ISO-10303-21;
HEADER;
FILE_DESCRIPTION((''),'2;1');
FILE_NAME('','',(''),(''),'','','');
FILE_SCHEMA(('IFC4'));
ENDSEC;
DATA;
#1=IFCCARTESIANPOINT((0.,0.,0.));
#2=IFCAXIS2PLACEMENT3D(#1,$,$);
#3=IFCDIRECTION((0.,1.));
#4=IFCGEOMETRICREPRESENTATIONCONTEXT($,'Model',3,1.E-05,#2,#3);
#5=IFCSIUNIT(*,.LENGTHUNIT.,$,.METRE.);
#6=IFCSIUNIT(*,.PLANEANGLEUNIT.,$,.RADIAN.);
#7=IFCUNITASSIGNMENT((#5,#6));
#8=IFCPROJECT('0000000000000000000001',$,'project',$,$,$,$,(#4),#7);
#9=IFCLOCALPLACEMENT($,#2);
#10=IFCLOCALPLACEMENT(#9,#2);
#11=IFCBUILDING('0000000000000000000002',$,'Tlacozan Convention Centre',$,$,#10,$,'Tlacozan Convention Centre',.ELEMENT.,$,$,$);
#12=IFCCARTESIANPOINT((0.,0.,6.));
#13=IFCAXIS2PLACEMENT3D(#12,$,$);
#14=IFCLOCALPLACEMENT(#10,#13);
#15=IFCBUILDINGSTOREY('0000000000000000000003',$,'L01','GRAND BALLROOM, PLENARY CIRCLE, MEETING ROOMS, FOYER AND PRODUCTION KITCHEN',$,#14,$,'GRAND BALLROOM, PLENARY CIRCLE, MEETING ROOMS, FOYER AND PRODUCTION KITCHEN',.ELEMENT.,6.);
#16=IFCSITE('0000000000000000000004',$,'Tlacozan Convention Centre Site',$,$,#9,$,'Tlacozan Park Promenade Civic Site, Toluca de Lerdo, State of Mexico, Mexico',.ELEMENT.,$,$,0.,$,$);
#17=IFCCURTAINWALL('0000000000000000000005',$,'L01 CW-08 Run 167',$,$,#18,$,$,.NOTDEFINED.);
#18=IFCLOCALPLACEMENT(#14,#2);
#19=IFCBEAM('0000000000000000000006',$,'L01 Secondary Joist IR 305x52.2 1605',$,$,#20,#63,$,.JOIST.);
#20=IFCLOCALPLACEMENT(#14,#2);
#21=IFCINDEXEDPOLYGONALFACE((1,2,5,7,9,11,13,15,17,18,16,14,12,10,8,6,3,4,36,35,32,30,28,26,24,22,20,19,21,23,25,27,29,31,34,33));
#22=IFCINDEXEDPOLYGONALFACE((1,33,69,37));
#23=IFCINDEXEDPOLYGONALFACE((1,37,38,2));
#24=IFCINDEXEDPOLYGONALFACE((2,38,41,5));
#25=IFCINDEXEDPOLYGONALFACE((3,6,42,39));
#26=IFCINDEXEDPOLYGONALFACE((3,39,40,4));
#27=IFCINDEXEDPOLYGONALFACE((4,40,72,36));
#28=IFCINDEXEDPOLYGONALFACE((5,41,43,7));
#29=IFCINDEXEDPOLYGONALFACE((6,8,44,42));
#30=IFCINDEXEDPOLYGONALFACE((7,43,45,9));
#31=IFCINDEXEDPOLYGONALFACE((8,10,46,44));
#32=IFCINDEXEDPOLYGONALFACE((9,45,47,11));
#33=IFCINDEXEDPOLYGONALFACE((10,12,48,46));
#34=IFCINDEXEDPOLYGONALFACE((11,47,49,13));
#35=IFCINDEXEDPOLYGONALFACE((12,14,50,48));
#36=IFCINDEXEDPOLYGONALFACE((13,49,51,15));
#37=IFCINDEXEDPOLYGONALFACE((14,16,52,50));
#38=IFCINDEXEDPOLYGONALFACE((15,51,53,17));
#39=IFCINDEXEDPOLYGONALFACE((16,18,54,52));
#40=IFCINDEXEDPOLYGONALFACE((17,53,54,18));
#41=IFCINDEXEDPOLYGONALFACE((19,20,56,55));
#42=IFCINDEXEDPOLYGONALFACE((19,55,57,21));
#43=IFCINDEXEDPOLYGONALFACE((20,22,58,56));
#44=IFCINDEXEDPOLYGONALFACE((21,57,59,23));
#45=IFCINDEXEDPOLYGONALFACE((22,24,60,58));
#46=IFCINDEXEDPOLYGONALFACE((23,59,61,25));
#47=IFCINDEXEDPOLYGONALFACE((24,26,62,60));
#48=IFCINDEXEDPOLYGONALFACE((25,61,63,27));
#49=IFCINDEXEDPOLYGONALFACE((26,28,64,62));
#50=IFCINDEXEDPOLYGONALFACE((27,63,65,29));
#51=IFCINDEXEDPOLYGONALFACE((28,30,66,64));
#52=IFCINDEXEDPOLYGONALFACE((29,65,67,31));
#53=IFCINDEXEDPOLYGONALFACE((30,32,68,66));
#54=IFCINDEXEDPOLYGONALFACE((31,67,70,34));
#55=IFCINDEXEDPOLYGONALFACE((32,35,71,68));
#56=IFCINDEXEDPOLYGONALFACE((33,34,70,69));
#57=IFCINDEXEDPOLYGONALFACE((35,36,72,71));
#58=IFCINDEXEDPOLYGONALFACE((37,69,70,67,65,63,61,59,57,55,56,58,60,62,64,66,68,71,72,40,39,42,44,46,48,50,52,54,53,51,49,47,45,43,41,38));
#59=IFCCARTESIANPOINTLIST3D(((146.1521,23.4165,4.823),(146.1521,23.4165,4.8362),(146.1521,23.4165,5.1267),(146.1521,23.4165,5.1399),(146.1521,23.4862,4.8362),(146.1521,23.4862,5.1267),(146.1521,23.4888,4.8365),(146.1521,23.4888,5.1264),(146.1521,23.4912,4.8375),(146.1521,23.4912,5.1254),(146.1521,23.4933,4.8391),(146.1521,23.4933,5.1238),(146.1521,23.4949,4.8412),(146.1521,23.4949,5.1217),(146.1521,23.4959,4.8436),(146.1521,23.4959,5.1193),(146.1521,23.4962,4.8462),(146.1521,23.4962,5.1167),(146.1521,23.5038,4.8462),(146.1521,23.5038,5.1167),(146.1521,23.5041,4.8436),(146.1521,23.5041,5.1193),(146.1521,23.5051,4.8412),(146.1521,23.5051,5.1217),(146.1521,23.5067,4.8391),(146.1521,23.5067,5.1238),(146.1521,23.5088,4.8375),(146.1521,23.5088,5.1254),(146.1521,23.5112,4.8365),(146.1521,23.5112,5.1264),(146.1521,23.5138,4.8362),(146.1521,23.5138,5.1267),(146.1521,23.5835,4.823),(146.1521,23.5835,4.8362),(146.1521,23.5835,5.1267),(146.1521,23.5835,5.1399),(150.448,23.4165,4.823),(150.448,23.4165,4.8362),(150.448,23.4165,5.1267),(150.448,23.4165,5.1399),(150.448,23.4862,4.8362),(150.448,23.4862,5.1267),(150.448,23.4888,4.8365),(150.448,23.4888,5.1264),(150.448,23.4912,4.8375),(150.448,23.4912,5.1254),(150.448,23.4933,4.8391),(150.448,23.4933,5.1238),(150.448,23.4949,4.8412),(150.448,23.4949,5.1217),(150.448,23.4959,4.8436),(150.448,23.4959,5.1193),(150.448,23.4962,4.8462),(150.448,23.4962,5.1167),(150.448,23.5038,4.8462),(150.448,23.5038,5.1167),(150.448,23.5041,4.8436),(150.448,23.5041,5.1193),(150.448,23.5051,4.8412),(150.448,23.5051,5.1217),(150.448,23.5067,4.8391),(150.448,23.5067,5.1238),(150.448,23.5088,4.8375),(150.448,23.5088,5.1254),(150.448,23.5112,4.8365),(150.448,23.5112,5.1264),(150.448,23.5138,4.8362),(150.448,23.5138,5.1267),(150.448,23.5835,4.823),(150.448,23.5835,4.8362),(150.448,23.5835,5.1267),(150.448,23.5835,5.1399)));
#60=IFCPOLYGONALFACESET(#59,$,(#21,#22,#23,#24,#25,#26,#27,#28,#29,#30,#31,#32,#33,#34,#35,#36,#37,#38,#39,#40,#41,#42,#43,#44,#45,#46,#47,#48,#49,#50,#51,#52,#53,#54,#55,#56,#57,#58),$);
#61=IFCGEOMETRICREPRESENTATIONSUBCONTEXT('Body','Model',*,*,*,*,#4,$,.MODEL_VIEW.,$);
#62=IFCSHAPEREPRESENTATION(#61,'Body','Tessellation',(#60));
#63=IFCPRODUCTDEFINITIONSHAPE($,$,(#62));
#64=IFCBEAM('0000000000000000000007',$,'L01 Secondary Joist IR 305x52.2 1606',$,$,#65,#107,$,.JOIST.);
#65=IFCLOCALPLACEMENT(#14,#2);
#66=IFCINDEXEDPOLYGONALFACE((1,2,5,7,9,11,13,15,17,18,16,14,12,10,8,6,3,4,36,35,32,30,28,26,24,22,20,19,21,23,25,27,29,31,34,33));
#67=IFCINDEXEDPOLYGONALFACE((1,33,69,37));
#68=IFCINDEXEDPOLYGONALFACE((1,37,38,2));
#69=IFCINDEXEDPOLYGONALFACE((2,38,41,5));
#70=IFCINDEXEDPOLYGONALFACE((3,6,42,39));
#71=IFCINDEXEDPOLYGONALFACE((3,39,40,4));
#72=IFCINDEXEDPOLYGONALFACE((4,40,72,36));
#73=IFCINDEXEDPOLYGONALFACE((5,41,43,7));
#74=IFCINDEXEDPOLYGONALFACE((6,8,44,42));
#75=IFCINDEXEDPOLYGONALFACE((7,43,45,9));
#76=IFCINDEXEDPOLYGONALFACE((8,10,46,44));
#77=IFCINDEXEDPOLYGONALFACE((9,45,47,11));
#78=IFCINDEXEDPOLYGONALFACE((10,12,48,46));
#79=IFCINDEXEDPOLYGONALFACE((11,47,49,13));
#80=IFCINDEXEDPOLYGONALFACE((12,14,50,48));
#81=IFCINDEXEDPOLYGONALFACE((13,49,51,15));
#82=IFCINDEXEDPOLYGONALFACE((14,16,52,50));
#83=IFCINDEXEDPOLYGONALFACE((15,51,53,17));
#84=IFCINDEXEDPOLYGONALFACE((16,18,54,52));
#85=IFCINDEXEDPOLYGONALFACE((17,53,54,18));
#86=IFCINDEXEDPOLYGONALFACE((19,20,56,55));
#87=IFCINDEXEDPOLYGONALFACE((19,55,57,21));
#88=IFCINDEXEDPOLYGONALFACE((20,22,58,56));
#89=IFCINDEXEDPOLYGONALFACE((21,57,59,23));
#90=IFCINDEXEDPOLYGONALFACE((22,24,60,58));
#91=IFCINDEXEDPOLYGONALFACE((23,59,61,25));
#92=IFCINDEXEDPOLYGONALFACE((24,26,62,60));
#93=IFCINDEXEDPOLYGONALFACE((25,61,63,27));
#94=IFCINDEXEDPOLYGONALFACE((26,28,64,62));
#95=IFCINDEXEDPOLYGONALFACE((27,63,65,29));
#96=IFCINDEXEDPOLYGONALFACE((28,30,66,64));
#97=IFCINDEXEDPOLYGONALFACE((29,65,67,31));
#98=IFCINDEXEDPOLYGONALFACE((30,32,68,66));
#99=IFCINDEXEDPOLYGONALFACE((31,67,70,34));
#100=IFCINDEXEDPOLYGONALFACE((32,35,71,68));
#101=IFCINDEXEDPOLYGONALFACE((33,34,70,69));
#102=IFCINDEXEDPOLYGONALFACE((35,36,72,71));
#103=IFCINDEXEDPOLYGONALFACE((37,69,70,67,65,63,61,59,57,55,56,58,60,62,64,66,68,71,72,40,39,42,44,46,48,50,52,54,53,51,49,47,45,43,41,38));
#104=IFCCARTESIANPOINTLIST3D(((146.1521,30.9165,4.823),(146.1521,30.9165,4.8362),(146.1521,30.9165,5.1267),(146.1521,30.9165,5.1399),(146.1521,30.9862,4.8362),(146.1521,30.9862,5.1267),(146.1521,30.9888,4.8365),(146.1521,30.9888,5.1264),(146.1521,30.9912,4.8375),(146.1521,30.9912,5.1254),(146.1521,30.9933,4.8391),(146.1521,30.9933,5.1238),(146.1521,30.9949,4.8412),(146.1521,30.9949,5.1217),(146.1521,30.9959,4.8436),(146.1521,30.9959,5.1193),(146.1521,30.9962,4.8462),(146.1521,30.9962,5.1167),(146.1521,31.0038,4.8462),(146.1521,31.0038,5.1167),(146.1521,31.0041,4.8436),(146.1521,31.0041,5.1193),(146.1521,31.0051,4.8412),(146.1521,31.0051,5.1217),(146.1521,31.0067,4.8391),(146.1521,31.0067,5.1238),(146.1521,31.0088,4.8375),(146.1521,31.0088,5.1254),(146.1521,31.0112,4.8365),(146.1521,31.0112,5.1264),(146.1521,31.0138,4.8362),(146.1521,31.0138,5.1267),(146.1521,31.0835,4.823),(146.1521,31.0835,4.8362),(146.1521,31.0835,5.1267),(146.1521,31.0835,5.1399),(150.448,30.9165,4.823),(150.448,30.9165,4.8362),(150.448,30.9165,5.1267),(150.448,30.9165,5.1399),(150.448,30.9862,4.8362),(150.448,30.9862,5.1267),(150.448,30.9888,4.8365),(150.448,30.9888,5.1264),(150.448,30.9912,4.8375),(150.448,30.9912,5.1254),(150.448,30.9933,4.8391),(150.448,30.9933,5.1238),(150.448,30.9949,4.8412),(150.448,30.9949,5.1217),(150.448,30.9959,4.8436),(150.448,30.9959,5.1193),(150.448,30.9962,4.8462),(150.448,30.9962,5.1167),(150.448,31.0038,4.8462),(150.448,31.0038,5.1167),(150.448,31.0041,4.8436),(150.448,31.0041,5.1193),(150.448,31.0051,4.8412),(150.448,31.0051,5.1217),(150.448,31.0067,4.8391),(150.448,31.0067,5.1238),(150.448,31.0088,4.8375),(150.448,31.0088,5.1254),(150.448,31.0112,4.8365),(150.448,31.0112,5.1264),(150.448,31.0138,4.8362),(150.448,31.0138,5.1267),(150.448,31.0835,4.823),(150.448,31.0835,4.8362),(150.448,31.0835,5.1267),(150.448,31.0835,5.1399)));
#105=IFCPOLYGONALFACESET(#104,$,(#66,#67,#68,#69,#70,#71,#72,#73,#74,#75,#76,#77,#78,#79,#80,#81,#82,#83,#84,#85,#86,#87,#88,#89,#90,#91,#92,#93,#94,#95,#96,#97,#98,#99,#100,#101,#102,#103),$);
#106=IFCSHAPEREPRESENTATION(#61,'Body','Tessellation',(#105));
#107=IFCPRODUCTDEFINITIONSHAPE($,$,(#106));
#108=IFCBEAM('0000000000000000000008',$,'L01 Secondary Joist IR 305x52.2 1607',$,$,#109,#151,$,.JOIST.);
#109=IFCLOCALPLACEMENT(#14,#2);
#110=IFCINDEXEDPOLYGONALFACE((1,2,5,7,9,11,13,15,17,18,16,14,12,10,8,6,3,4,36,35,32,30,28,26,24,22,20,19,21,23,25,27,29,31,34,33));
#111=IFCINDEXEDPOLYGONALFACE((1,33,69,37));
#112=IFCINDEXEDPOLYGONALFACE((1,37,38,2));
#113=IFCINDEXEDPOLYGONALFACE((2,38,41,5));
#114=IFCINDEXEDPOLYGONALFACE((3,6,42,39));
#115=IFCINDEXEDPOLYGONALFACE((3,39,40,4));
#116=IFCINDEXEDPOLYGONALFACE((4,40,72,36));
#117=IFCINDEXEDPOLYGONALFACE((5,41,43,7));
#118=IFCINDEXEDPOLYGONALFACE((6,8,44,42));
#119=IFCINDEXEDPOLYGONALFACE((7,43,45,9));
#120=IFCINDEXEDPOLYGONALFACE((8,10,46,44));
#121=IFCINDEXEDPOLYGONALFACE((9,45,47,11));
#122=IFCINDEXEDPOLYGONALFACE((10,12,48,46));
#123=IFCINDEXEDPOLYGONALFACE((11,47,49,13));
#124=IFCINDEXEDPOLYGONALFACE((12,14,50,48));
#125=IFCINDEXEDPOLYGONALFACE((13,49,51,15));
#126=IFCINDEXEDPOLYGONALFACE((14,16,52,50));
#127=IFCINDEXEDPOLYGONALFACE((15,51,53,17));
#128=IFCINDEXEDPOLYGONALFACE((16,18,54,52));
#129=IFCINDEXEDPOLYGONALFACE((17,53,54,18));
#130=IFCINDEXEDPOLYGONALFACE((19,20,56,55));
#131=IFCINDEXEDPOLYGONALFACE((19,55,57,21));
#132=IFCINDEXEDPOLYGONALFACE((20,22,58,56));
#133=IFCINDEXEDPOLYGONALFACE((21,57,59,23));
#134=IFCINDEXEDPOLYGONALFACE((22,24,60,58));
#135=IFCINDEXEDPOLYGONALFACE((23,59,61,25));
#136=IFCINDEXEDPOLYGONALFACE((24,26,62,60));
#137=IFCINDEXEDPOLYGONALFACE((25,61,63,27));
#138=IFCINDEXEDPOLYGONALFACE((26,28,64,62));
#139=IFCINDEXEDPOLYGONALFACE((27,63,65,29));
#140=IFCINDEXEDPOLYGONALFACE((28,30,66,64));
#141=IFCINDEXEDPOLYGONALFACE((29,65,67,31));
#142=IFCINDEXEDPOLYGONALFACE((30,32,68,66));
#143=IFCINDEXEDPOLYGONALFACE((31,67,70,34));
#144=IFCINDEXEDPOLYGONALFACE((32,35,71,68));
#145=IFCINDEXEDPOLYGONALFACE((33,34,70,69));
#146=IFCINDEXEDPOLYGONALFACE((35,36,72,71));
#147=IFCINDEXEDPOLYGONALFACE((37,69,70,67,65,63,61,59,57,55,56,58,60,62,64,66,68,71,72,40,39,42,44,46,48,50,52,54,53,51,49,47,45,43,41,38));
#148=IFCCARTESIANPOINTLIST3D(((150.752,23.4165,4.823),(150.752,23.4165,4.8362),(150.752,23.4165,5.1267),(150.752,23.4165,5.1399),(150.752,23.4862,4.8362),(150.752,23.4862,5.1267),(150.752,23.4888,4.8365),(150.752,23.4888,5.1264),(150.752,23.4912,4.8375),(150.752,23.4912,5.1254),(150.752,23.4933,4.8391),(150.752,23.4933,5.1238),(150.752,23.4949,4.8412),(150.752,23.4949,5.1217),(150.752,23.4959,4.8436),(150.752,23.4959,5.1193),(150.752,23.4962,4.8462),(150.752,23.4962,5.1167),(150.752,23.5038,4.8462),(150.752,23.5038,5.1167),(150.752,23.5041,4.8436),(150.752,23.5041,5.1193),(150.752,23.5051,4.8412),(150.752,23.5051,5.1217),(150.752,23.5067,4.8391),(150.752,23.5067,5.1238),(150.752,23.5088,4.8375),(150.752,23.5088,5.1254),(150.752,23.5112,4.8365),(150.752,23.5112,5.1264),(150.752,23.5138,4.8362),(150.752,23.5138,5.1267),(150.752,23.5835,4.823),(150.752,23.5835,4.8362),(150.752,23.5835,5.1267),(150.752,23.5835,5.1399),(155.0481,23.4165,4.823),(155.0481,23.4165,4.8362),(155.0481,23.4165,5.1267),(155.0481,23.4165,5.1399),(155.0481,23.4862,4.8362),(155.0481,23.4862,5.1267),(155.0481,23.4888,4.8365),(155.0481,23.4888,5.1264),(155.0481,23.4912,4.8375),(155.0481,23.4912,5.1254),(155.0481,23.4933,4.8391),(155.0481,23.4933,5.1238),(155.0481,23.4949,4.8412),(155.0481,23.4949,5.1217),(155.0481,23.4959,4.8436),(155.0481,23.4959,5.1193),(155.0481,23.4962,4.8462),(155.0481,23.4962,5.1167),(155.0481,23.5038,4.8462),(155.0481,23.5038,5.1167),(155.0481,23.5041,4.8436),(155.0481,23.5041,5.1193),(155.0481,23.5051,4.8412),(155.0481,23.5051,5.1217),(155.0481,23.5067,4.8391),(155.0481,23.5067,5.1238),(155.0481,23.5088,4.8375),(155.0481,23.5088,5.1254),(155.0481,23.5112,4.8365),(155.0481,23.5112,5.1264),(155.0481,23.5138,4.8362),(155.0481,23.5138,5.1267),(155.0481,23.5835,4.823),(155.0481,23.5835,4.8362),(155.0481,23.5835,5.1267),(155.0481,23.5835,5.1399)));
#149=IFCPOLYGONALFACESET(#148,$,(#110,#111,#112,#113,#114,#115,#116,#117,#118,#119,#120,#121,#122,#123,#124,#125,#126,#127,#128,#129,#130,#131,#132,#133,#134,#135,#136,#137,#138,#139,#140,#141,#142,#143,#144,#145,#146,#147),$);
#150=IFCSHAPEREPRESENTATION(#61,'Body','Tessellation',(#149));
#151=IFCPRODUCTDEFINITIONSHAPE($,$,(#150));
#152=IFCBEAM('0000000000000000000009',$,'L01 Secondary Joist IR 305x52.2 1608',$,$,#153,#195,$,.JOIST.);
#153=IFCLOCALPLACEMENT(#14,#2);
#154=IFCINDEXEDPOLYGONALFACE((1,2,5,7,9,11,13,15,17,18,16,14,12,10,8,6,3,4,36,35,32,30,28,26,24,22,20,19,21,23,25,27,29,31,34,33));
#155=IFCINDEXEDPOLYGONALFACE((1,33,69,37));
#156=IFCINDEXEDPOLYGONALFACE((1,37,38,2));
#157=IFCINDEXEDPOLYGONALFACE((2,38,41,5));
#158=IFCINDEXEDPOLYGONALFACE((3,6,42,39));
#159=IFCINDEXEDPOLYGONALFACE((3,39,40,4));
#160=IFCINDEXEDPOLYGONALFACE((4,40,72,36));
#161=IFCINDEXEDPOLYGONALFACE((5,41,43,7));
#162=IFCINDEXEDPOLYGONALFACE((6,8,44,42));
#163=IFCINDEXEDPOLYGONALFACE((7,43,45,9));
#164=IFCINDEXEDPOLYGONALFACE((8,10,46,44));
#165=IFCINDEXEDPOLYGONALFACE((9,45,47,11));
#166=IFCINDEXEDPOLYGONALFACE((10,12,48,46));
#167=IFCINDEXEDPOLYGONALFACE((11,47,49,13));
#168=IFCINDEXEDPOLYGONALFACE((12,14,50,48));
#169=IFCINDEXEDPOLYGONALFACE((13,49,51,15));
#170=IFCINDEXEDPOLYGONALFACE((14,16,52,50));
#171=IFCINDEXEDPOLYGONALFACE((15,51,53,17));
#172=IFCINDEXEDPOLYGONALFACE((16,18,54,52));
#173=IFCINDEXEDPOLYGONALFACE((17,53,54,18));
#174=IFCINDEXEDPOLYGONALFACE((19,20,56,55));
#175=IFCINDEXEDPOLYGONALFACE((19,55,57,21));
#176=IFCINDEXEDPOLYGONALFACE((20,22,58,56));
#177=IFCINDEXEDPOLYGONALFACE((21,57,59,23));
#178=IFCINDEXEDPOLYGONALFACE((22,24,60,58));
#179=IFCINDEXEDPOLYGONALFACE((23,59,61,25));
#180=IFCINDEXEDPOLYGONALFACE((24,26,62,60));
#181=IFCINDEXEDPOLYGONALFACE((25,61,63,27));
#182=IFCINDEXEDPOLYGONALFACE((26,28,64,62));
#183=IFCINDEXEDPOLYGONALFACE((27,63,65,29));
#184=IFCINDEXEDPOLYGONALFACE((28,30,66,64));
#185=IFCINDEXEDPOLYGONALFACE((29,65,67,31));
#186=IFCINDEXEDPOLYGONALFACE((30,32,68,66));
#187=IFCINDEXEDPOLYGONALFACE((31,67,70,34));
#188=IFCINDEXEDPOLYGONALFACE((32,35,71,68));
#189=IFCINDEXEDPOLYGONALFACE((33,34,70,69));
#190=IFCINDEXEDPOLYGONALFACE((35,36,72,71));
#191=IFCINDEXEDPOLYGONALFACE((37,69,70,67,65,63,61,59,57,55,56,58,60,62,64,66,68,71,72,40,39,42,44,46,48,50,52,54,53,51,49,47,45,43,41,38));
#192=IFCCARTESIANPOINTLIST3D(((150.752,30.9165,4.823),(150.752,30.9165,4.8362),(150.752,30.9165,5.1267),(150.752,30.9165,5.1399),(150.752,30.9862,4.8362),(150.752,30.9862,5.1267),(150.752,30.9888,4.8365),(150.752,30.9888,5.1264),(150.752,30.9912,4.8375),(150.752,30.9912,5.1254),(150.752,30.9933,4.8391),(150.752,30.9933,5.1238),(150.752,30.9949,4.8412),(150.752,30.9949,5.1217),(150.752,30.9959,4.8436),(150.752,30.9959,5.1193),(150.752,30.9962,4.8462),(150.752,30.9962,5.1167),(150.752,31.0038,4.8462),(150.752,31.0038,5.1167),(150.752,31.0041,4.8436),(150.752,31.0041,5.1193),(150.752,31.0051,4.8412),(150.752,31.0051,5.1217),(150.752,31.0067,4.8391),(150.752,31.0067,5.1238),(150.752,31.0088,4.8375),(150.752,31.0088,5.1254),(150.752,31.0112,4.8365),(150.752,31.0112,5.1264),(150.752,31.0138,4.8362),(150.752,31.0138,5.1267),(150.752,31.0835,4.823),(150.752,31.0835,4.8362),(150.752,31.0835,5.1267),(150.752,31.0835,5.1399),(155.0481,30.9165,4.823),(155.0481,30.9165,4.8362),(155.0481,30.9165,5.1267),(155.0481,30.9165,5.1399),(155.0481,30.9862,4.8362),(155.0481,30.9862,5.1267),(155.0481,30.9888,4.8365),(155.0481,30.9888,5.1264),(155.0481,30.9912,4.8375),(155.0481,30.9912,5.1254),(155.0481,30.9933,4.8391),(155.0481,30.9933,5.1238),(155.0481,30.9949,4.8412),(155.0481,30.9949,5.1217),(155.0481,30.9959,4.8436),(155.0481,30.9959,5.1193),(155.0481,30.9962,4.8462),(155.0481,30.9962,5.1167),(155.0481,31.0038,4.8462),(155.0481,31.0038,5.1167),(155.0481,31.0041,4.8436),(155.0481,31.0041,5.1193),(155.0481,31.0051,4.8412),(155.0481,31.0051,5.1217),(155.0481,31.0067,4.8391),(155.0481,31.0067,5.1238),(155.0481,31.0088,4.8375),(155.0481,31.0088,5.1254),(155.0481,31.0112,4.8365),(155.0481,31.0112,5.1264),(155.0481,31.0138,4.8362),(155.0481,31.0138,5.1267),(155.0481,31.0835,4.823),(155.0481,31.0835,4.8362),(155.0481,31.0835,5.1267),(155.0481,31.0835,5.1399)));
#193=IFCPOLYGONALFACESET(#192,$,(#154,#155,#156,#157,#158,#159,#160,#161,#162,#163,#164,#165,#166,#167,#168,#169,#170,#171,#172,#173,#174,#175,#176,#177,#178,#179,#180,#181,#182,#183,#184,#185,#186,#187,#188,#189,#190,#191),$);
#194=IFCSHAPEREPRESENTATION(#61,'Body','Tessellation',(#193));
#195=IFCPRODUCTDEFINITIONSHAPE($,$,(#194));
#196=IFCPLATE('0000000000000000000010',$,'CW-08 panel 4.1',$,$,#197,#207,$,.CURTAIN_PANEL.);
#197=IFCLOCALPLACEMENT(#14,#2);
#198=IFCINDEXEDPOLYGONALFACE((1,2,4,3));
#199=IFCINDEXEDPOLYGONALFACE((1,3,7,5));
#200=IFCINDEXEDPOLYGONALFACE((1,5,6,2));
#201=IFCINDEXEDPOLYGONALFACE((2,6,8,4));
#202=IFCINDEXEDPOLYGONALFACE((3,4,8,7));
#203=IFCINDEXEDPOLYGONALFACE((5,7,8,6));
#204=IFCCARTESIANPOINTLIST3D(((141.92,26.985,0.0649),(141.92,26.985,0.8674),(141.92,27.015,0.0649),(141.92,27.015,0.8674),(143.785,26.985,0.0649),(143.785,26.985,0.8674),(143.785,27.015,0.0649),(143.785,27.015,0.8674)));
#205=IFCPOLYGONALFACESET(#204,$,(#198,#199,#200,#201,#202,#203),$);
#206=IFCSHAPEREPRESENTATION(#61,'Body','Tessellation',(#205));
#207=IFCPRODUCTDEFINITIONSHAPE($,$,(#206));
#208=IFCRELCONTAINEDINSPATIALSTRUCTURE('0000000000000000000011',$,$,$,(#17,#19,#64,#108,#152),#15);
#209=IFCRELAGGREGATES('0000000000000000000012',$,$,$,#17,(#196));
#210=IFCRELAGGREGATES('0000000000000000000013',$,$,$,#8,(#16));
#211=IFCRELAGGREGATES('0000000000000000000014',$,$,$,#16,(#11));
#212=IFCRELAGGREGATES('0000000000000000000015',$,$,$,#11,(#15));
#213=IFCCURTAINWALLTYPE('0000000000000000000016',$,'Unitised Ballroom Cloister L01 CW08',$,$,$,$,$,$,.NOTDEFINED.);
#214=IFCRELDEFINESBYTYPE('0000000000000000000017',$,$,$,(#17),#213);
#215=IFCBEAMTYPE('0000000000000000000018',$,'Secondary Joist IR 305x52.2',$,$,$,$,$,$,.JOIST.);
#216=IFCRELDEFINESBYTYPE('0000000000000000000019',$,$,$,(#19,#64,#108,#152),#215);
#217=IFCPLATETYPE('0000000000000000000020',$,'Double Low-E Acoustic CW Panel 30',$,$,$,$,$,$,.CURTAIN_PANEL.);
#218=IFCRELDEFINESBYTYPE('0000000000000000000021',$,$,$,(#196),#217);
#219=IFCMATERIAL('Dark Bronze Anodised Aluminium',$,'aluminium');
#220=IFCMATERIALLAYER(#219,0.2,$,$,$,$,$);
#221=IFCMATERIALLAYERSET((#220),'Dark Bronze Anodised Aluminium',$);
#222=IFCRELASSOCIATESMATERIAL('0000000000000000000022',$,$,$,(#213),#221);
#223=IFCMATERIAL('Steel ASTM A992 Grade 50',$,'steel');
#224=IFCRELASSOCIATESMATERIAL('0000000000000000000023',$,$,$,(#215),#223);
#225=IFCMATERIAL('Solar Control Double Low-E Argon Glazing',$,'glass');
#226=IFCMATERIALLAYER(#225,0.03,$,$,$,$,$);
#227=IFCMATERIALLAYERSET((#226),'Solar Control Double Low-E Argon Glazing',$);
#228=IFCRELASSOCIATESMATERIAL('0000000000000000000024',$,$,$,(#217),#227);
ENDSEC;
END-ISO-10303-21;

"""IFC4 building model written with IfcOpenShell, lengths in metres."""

from ifc_helpers import new_model, si_unit, direction, frame, origin, origin_2d, place, context, subcontext, project, spatial, rectangle, i_section, extrude, material, layer, layer_set, material_profile, profile_set, type_object, element, aggregate, save


model = new_model("IFC4")

# Units and contexts
model_context = context("Model", 3, precision=1e-05, world=origin(), true_north=direction((0.0, 1.0)))
body_context = subcontext(model_context, "Body", "Model", "MODEL_VIEW")
ifc_project = project(units=[si_unit("LENGTHUNIT", "METRE"), si_unit("PLANEANGLEUNIT", "RADIAN")], contexts=[model_context])

# Site, building, storey
site_placement = place(None, origin())
site = spatial("IfcSite", under=ifc_project, at=site_placement, Name="Tlacozan Convention Centre Site", LongName="Tlacozan Park Promenade Civic Site, Toluca de Lerdo, State of Mexico, Mexico", CompositionType="ELEMENT", RefElevation=0.0)
building_placement = place(site_placement, origin())
building = spatial("IfcBuilding", under=site, at=building_placement, Name="Tlacozan Convention Centre", LongName="Tlacozan Convention Centre", CompositionType="ELEMENT")
storey_placement = place(building_placement, frame((0.0, 0.0, 6.0)))
storey = spatial("IfcBuildingStorey", under=building, at=storey_placement, Name="L01", Description="GRAND BALLROOM, PLENARY CIRCLE, MEETING ROOMS, FOYER AND PRODUCTION KITCHEN", LongName="GRAND BALLROOM, PLENARY CIRCLE, MEETING ROOMS, FOYER AND PRODUCTION KITCHEN", CompositionType="ELEMENT", Elevation=6.0)

# Curtain wall
ifc_material_1 = material(Name="Dark Bronze Anodised Aluminium", Category="aluminium")
ifc_layer_1 = layer(ifc_material_1, 0.2)
ifc_layer_set_1 = layer_set([ifc_layer_1], Name="Dark Bronze Anodised Aluminium")
curtain_wall_type = type_object("IfcCurtainWallType", Name="Unitised Ballroom Cloister L01 CW08", PredefinedType="NOTDEFINED", material=ifc_layer_set_1)
curtain_wall_placement = place(storey_placement, origin())
curtain_wall = element("IfcCurtainWall", 1, at=curtain_wall_placement, inside=storey, type_object=curtain_wall_type, Name="L01 CW-08 Run 167", PredefinedType="NOTDEFINED")

# Beams
ifc_material_2 = material(Name="Steel ASTM A992 Grade 50", Category="steel")
ifc_material_profile_1 = material_profile(ifc_material_2, i_section(OverallWidth=0.167, OverallDepth=0.3169, WebThickness=0.0076, FlangeThickness=0.0132, FilletRadius=0.01, at=origin_2d()), Name="IR 305x52.2")
ifc_profile_set_1 = profile_set([ifc_material_profile_1], Name="Steel ASTM A992 Grade 50")
beam_type_1 = type_object("IfcBeamType", Name="Secondary Joist IR 305x52.2", PredefinedType="JOIST", material=ifc_profile_set_1)
for number, where, z_axis, x_axis, name in (
    (2, (146.1521, 23.5, 4.9814), (1.0, 0.0, 0.0), (0.0, 1.0, 0.0), "L01 Secondary Joist IR 305x52.2 1605"),
    (3, (146.1521, 31.0, 4.9814), (1.0, 0.0, 0.0), (0.0, 1.0, 0.0), "L01 Secondary Joist IR 305x52.2 1606"),
):
    element("IfcBeam", number, at=place(storey_placement, frame(where, z_axis=z_axis, x_axis=x_axis)), inside=storey, type_object=beam_type_1, Name=name, PredefinedType="JOIST", context=body_context, shape_type="SweptSolid", body=[
        extrude(i_section(OverallWidth=0.167, OverallDepth=0.3169, WebThickness=0.0076, FlangeThickness=0.0132, FilletRadius=0.01, at=origin_2d()), origin(), (0.0, 0.0, 1.0), 4.2959),
    ])
for number, where, z_axis, x_axis, name in (
    (4, (150.752, 23.5, 4.9814), (1.0, 0.0, 0.0), (0.0, 1.0, 0.0), "L01 Secondary Joist IR 305x52.2 1607"),
    (5, (150.752, 31.0, 4.9814), (1.0, 0.0, 0.0), (0.0, 1.0, 0.0), "L01 Secondary Joist IR 305x52.2 1608"),
):
    element("IfcBeam", number, at=place(storey_placement, frame(where, z_axis=z_axis, x_axis=x_axis)), inside=storey, type_object=beam_type_1, Name=name, PredefinedType="JOIST", context=body_context, shape_type="SweptSolid", body=[
        extrude(i_section(OverallWidth=0.167, OverallDepth=0.3169, WebThickness=0.0076, FlangeThickness=0.0132, FilletRadius=0.01, at=origin_2d()), origin(), (0.0, 0.0, 1.0), 4.2961),
    ])

# Plate
ifc_material_3 = material(Name="Solar Control Double Low-E Argon Glazing", Category="glass")
ifc_layer_2 = layer(ifc_material_3, 0.03)
ifc_layer_set_2 = layer_set([ifc_layer_2], Name="Solar Control Double Low-E Argon Glazing")
plate_type = type_object("IfcPlateType", Name="Double Low-E Acoustic CW Panel 30", PredefinedType="CURTAIN_PANEL", material=ifc_layer_set_2)
plate_1_placement = place(storey_placement, frame((142.8525, 27.0, 0.0649), z_axis=(0.0, 0.0, 1.0), x_axis=(1.0, 0.0, 0.0)))
plate_1 = element("IfcPlate", 6, at=plate_1_placement, type_object=plate_type, Name="CW-08 panel 4.1", PredefinedType="CURTAIN_PANEL", context=body_context, shape_type="SweptSolid", body=[
    extrude(rectangle(XDim=1.865, YDim=0.03, at=origin_2d()), origin(), (0.0, 0.0, 1.0), 0.8025),
])
aggregate(curtain_wall, [plate_1])

save(model, "model.ifc")
